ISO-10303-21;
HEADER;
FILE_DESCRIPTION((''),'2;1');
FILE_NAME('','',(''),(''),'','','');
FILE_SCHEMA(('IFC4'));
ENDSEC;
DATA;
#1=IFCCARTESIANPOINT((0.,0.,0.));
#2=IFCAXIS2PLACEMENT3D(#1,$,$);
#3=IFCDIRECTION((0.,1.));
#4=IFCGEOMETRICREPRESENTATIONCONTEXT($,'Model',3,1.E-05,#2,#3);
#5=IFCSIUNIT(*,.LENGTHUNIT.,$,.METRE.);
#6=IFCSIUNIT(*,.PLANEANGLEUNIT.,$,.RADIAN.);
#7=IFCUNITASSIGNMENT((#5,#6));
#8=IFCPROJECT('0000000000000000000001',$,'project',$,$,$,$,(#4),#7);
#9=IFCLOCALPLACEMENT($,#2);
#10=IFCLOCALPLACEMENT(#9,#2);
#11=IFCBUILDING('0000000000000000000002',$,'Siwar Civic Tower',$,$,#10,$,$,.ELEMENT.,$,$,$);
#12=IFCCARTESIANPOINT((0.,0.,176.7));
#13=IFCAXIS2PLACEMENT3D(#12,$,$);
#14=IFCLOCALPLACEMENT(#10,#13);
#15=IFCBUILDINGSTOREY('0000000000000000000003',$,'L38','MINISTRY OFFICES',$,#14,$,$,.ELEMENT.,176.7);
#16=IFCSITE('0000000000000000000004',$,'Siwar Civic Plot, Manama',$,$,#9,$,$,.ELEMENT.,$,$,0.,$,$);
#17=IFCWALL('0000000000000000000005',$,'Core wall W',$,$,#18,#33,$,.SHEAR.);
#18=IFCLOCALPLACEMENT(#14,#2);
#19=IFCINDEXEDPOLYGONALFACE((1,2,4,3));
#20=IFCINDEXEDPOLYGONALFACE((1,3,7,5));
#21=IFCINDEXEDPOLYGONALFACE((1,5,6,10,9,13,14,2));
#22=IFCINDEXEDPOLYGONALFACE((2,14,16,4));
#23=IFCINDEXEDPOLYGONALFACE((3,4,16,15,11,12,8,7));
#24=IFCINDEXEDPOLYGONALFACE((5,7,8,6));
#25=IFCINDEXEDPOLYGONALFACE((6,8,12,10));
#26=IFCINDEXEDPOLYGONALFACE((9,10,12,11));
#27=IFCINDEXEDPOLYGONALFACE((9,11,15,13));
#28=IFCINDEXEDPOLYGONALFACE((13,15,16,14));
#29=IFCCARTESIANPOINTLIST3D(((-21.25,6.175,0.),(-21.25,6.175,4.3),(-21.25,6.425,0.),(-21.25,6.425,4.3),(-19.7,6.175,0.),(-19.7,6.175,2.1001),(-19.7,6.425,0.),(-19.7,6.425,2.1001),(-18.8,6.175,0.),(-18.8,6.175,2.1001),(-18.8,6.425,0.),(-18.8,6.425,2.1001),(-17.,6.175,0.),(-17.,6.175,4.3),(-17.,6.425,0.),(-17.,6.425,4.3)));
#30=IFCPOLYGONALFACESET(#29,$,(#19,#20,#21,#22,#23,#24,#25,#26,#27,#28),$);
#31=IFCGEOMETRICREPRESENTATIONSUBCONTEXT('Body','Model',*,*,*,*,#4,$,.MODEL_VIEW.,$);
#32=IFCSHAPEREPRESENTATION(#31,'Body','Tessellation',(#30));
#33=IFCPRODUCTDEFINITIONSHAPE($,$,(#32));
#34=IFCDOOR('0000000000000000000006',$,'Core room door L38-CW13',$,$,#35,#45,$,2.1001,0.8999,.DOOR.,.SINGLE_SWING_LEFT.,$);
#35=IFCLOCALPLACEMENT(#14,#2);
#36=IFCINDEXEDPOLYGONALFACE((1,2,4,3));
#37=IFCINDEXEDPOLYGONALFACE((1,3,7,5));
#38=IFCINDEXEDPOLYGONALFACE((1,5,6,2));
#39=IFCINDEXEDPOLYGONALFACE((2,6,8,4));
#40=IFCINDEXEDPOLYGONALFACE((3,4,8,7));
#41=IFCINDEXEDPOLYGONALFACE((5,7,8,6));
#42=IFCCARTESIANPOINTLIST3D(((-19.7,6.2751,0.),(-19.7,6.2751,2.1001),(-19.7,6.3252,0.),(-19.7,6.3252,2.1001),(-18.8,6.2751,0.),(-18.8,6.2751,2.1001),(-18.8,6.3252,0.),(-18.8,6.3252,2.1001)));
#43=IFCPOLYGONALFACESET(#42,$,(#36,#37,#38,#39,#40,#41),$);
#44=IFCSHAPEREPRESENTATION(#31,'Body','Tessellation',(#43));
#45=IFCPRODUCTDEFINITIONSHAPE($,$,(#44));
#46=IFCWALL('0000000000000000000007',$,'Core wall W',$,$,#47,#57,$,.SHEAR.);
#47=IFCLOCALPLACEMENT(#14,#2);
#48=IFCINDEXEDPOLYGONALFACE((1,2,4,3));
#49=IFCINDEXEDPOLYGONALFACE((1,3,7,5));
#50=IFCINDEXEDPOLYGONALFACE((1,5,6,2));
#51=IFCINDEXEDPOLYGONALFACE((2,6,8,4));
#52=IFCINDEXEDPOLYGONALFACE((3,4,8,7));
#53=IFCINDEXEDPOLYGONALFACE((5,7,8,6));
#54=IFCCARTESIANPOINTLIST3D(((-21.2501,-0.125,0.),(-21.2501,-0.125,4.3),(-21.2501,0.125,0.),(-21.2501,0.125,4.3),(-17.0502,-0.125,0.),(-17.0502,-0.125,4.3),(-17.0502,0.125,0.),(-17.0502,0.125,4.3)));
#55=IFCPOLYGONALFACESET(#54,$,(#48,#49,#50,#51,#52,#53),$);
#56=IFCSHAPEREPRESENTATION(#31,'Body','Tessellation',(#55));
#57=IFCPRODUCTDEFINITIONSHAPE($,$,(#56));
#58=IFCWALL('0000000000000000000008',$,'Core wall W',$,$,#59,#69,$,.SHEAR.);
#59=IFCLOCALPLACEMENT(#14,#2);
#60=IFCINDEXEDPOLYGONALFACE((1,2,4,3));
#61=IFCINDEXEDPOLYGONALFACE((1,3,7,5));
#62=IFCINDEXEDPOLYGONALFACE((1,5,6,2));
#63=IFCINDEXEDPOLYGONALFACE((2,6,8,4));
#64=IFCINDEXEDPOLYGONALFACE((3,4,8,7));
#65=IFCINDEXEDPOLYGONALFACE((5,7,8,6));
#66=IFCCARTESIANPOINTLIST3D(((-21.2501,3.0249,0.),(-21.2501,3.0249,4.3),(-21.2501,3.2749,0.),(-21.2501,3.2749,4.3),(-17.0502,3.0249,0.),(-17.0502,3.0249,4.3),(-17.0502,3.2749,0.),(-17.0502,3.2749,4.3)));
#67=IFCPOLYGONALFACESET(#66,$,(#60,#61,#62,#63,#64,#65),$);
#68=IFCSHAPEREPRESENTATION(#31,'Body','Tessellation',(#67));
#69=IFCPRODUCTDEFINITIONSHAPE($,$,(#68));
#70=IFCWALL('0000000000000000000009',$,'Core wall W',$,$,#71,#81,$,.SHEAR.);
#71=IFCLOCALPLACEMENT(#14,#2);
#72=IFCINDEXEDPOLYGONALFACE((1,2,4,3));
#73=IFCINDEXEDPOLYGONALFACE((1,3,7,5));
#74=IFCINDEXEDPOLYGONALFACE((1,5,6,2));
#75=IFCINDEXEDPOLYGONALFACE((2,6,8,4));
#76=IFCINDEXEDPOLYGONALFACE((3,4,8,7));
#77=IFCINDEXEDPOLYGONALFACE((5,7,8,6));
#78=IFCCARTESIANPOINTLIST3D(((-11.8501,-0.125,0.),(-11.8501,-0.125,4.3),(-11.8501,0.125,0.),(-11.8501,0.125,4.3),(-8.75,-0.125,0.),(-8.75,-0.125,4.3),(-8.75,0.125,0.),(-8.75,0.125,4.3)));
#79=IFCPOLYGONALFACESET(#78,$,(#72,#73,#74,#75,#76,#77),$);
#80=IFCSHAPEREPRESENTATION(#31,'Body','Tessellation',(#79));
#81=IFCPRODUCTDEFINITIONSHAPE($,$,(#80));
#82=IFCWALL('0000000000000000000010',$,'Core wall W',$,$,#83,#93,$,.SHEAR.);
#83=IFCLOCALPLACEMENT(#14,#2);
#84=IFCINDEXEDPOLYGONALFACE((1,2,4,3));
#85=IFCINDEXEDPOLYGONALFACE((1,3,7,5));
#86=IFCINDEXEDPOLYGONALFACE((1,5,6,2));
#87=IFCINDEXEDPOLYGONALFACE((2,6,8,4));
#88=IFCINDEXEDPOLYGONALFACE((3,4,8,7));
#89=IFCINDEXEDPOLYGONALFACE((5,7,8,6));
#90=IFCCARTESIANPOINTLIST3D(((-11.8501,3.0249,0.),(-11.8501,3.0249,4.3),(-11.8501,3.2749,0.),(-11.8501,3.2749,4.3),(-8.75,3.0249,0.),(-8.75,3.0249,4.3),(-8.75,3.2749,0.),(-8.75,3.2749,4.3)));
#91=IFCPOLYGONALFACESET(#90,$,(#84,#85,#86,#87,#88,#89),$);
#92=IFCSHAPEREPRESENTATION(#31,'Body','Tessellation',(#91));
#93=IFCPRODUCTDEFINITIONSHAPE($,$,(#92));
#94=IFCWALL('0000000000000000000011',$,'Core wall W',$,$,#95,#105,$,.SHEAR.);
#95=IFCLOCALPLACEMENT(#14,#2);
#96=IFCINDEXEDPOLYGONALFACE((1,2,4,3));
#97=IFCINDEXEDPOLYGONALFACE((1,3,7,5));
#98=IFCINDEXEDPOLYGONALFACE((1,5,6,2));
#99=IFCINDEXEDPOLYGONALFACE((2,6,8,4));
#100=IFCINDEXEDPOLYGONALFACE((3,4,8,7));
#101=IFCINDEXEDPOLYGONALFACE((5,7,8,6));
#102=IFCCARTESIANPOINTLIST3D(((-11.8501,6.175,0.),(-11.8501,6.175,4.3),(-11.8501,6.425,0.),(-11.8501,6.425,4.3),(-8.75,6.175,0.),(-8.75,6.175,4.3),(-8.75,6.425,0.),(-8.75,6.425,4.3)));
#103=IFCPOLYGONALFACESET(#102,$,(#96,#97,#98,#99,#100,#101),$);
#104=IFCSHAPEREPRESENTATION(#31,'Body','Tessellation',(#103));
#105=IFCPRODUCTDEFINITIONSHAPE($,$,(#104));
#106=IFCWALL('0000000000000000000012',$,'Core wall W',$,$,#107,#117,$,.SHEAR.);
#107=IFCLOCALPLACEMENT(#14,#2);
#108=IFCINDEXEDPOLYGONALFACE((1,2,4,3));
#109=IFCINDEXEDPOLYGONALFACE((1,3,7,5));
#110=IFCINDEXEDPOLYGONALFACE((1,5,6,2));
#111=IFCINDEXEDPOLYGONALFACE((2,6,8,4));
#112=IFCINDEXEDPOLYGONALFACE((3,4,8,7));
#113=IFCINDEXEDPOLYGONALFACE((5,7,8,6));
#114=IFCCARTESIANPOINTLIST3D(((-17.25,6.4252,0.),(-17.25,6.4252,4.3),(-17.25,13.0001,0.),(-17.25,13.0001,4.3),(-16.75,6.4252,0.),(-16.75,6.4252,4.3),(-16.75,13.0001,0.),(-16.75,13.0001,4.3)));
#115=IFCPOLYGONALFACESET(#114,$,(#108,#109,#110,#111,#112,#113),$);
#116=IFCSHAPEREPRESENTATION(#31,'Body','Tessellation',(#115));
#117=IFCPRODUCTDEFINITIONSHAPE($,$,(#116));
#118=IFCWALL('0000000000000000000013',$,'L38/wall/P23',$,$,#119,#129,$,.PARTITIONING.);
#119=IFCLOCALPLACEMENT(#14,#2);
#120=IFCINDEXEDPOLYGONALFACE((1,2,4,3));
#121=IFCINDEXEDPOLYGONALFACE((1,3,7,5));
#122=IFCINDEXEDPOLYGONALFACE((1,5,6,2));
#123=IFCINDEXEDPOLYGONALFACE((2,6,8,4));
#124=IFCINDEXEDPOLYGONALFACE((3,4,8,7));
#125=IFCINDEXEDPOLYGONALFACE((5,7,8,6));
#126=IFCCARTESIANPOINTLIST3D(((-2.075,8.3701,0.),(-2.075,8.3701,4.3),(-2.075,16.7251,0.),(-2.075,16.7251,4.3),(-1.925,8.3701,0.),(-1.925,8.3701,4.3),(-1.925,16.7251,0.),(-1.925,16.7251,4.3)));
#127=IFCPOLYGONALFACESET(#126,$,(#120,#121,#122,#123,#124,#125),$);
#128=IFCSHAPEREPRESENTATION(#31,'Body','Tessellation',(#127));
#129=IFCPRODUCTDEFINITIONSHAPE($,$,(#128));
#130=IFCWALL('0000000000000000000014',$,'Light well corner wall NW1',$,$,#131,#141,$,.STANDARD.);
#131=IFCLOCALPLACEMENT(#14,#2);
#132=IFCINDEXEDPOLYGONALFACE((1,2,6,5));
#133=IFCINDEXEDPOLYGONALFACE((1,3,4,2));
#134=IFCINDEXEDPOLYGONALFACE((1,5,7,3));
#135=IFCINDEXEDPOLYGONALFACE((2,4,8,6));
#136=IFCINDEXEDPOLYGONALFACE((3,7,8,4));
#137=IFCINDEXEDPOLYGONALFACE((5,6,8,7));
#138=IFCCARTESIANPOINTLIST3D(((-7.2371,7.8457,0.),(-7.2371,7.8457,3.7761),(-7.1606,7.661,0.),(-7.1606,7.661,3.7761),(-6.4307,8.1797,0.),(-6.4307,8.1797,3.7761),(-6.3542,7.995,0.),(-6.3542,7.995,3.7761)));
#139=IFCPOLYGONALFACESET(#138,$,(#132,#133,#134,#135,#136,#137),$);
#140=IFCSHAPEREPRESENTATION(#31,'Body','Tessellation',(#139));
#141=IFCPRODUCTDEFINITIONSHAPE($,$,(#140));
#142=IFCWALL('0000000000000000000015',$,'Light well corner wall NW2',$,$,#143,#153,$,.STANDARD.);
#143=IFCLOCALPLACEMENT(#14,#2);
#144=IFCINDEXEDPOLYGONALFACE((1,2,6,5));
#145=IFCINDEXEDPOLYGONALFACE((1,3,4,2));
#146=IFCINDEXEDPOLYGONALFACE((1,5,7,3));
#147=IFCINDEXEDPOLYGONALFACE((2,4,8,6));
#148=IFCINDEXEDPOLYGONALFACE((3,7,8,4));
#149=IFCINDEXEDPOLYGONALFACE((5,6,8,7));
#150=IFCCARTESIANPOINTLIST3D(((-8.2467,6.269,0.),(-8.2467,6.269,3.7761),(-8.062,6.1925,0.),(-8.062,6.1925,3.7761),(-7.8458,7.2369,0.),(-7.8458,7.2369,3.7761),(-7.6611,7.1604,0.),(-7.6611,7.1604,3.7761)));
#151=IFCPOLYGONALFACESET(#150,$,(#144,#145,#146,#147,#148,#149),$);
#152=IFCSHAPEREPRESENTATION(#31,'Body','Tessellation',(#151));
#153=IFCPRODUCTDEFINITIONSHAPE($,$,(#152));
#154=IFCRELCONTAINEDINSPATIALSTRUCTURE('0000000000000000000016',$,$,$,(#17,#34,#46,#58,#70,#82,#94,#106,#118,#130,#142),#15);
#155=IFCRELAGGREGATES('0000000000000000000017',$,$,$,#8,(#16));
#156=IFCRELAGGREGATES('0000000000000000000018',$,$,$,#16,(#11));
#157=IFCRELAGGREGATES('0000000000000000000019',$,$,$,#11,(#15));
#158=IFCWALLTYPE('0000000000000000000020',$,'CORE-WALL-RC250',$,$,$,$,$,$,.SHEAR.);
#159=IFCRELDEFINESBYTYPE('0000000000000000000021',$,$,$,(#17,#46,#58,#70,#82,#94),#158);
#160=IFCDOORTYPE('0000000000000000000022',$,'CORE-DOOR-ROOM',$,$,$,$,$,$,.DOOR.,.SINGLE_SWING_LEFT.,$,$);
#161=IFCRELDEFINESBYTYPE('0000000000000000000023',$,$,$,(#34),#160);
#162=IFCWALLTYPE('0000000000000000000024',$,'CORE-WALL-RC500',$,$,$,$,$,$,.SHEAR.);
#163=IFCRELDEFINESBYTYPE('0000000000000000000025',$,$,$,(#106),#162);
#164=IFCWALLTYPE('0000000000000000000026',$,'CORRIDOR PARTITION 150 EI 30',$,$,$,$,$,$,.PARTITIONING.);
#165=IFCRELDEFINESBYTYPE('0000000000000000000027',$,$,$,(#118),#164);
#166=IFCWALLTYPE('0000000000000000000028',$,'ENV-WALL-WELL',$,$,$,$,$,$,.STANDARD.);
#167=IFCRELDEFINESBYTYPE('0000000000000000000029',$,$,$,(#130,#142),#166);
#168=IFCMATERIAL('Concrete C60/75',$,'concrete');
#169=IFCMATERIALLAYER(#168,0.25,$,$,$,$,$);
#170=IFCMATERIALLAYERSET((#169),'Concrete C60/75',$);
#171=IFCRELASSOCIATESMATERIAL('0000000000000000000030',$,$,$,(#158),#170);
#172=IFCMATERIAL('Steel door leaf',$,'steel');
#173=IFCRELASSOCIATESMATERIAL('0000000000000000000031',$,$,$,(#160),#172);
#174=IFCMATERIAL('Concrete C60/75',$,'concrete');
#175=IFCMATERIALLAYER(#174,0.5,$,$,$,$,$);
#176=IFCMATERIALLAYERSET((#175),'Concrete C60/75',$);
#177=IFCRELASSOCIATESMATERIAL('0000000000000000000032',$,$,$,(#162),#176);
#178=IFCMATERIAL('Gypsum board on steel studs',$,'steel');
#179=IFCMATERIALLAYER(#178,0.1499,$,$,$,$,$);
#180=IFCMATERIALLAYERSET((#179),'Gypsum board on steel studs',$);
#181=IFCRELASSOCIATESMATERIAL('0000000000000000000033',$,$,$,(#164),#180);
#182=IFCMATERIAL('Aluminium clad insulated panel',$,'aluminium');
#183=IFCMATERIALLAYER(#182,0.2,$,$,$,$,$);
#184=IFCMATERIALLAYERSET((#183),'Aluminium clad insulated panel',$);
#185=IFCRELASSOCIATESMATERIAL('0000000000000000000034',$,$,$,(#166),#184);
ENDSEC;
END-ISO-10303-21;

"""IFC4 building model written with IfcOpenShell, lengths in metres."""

from ifc_helpers import new_model, si_unit, direction, frame, frame_2d, origin, place, context, subcontext, project, spatial, rectangle, extrude, material, layer, layer_set, type_object, element, fill, save


model = new_model("IFC4")

# Units and contexts
model_context = context("Model", 3, precision=1e-05, world=origin(), true_north=direction((0.0, 1.0)))
body_context = subcontext(model_context, "Body", "Model", "MODEL_VIEW")
ifc_project = project(units=[si_unit("LENGTHUNIT", "METRE"), si_unit("PLANEANGLEUNIT", "RADIAN")], contexts=[model_context])

# Site, building, storey
site_placement = place(None, origin())
site = spatial("IfcSite", under=ifc_project, at=site_placement, Name="Siwar Civic Plot, Manama", CompositionType="ELEMENT", RefElevation=0.0)
building_placement = place(site_placement, origin())
building = spatial("IfcBuilding", under=site, at=building_placement, Name="Siwar Civic Tower", CompositionType="ELEMENT")
storey_placement = place(building_placement, frame((0.0, 0.0, 176.7)))
storey = spatial("IfcBuildingStorey", under=building, at=storey_placement, Name="L38", Description="MINISTRY OFFICES", CompositionType="ELEMENT", Elevation=176.7)

# Shared definitions
ifc_material_1 = material(Name="Concrete C60/75", Category="concrete")
ifc_layer_1 = layer(ifc_material_1, 0.25)
ifc_layer_set_1 = layer_set([ifc_layer_1], Name="Concrete C60/75")
wall_type_1 = type_object("IfcWallType", Name="CORE-WALL-RC250", PredefinedType="SHEAR", material=ifc_layer_set_1)

# Wall, opening, door
wall_1_placement = place(storey_placement, frame((-17.0, 6.3, 0.0), z_axis=(0.0, 0.0, 1.0), x_axis=(-1.0, 0.0, 0.0)))
wall_1 = element("IfcWall", 1, at=wall_1_placement, inside=storey, type_object=wall_type_1, Name="Core wall W", PredefinedType="SHEAR", context=body_context, shape_type="SweptSolid", body=[
    extrude(rectangle(XDim=4.25, YDim=0.25, at=frame_2d((2.125, 0.0))), origin(), (0.0, 0.0, 1.0), 4.3),
])
opening_1_placement = place(wall_1_placement, frame((1.8, 0.0, 0.0)))
opening_1 = element("IfcOpeningElement", 2, at=opening_1_placement, cuts=wall_1, PredefinedType="OPENING", context=body_context, shape_type="SweptSolid", body=[
    extrude(rectangle(XDim=0.8999, YDim=2.1001, at=frame_2d((0.45, 1.05))), frame((0.0, 0.135, 0.0), z_axis=(0.0, -1.0, 0.0), x_axis=(1.0, 0.0, 0.0)), (0.0, 0.0, 1.0), 0.27),
])
ifc_material_2 = material(Name="Steel door leaf", Category="steel")
door_type_1 = type_object("IfcDoorType", Name="CORE-DOOR-ROOM", OperationType="SINGLE_SWING_LEFT", PredefinedType="DOOR", material=ifc_material_2)
door_1_placement = place(opening_1_placement, origin())
door_1 = element("IfcDoor", 3, at=door_1_placement, inside=storey, type_object=door_type_1, Name="Core room door L38-CW13", OperationType="SINGLE_SWING_LEFT", OverallHeight=2.1001, OverallWidth=0.8999, PredefinedType="DOOR", context=body_context, shape_type="SweptSolid", body=[
    extrude(rectangle(XDim=0.8999, YDim=2.1001, at=frame_2d((0.45, 1.05))), frame((0.0, 0.0249, 0.0), z_axis=(0.0, -1.0, 0.0), x_axis=(1.0, 0.0, 0.0)), (0.0, 0.0, 1.0), 0.05),
])
fill(opening_1, door_1)

# Walls
for number, where, z_axis, x_axis, name in (
    (4, (-17.05, 0.0, 0.0), (0.0, 0.0, 1.0), (-1.0, 0.0, 0.0), "Core wall W"),
    (5, (-17.05, 3.1499, 0.0), (0.0, 0.0, 1.0), (-1.0, 0.0, 0.0), "Core wall W"),
):
    element("IfcWall", number, at=place(storey_placement, frame(where, z_axis=z_axis, x_axis=x_axis)), inside=storey, type_object=wall_type_1, Name=name, PredefinedType="SHEAR", context=body_context, shape_type="SweptSolid", body=[
        extrude(rectangle(XDim=4.2, YDim=0.25, at=frame_2d((2.1001, 0.0))), origin(), (0.0, 0.0, 1.0), 4.3),
    ])
for number, where, z_axis, x_axis, name in (
    (6, (-8.75, 0.0, 0.0), (0.0, 0.0, 1.0), (-1.0, 0.0, 0.0), "Core wall W"),
    (7, (-8.75, 3.1499, 0.0), (0.0, 0.0, 1.0), (-1.0, 0.0, 0.0), "Core wall W"),
    (8, (-8.75, 6.3, 0.0), (0.0, 0.0, 1.0), (-1.0, 0.0, 0.0), "Core wall W"),
):
    element("IfcWall", number, at=place(storey_placement, frame(where, z_axis=z_axis, x_axis=x_axis)), inside=storey, type_object=wall_type_1, Name=name, PredefinedType="SHEAR", context=body_context, shape_type="SweptSolid", body=[
        extrude(rectangle(XDim=3.1001, YDim=0.25, at=frame_2d((1.55, 0.0))), origin(), (0.0, 0.0, 1.0), 4.3),
    ])
ifc_material_3 = material(Name="Concrete C60/75", Category="concrete")
ifc_layer_2 = layer(ifc_material_3, 0.5)
ifc_layer_set_2 = layer_set([ifc_layer_2], Name="Concrete C60/75")
wall_type_2 = type_object("IfcWallType", Name="CORE-WALL-RC500", PredefinedType="SHEAR", material=ifc_layer_set_2)
wall_2_placement = place(storey_placement, frame((-17.0, 6.425, 0.0), z_axis=(0.0, 0.0, 1.0), x_axis=(0.0, 1.0, 0.0)))
element("IfcWall", 9, at=wall_2_placement, inside=storey, type_object=wall_type_2, Name="Core wall W", PredefinedType="SHEAR", context=body_context, shape_type="SweptSolid", body=[
    extrude(rectangle(XDim=6.575, YDim=0.5, at=frame_2d((3.2876, 0.0))), origin(), (0.0, 0.0, 1.0), 4.3),
])
ifc_material_4 = material(Name="Gypsum board on steel studs", Category="steel")
ifc_layer_3 = layer(ifc_material_4, 0.1499)
ifc_layer_set_3 = layer_set([ifc_layer_3], Name="Gypsum board on steel studs")
wall_type_3 = type_object("IfcWallType", Name="CORRIDOR PARTITION 150 EI 30", PredefinedType="PARTITIONING", material=ifc_layer_set_3)
wall_3_placement = place(storey_placement, frame((-2.0, 8.3701, 0.0), z_axis=(0.0, 0.0, 1.0), x_axis=(0.0, 1.0, 0.0)))
element("IfcWall", 10, at=wall_3_placement, inside=storey, type_object=wall_type_3, Name="L38/wall/P23", PredefinedType="PARTITIONING", context=body_context, shape_type="SweptSolid", body=[
    extrude(rectangle(XDim=8.355, YDim=0.1499, at=frame_2d((4.1775, 0.0))), origin(), (0.0, 0.0, 1.0), 4.3),
])
ifc_material_5 = material(Name="Aluminium clad insulated panel", Category="aluminium")
ifc_layer_4 = layer(ifc_material_5, 0.2)
ifc_layer_set_4 = layer_set([ifc_layer_4], Name="Aluminium clad insulated panel")
wall_type_4 = type_object("IfcWallType", Name="ENV-WALL-WELL", PredefinedType="STANDARD", material=ifc_layer_set_4)
wall_4_placement = place(storey_placement, frame((-6.3923, 8.0874, 0.0), z_axis=(0.0, 0.0, 1.0), x_axis=(-0.923894, -0.382648, 0.0)))
element("IfcWall", 11, at=wall_4_placement, inside=storey, type_object=wall_type_4, Name="Light well corner wall NW1", PredefinedType="STANDARD", context=body_context, shape_type="SweptSolid", body=[
    extrude(rectangle(XDim=0.8728, YDim=0.2, at=frame_2d((0.4365, 0.0))), origin(), (0.0, 0.0, 1.0), 3.7761),
])
wall_5_placement = place(storey_placement, frame((-7.7534, 7.1987, 0.0), z_axis=(0.0, 0.0, 1.0), x_axis=(-0.382695, -0.923875, 0.0)))
element("IfcWall", 12, at=wall_5_placement, inside=storey, type_object=wall_type_4, Name="Light well corner wall NW2", PredefinedType="STANDARD", context=body_context, shape_type="SweptSolid", body=[
    extrude(rectangle(XDim=1.0476, YDim=0.2, at=frame_2d((0.5239, 0.0))), origin(), (0.0, 0.0, 1.0), 3.7761),
])

save(model, "model.ifc")
